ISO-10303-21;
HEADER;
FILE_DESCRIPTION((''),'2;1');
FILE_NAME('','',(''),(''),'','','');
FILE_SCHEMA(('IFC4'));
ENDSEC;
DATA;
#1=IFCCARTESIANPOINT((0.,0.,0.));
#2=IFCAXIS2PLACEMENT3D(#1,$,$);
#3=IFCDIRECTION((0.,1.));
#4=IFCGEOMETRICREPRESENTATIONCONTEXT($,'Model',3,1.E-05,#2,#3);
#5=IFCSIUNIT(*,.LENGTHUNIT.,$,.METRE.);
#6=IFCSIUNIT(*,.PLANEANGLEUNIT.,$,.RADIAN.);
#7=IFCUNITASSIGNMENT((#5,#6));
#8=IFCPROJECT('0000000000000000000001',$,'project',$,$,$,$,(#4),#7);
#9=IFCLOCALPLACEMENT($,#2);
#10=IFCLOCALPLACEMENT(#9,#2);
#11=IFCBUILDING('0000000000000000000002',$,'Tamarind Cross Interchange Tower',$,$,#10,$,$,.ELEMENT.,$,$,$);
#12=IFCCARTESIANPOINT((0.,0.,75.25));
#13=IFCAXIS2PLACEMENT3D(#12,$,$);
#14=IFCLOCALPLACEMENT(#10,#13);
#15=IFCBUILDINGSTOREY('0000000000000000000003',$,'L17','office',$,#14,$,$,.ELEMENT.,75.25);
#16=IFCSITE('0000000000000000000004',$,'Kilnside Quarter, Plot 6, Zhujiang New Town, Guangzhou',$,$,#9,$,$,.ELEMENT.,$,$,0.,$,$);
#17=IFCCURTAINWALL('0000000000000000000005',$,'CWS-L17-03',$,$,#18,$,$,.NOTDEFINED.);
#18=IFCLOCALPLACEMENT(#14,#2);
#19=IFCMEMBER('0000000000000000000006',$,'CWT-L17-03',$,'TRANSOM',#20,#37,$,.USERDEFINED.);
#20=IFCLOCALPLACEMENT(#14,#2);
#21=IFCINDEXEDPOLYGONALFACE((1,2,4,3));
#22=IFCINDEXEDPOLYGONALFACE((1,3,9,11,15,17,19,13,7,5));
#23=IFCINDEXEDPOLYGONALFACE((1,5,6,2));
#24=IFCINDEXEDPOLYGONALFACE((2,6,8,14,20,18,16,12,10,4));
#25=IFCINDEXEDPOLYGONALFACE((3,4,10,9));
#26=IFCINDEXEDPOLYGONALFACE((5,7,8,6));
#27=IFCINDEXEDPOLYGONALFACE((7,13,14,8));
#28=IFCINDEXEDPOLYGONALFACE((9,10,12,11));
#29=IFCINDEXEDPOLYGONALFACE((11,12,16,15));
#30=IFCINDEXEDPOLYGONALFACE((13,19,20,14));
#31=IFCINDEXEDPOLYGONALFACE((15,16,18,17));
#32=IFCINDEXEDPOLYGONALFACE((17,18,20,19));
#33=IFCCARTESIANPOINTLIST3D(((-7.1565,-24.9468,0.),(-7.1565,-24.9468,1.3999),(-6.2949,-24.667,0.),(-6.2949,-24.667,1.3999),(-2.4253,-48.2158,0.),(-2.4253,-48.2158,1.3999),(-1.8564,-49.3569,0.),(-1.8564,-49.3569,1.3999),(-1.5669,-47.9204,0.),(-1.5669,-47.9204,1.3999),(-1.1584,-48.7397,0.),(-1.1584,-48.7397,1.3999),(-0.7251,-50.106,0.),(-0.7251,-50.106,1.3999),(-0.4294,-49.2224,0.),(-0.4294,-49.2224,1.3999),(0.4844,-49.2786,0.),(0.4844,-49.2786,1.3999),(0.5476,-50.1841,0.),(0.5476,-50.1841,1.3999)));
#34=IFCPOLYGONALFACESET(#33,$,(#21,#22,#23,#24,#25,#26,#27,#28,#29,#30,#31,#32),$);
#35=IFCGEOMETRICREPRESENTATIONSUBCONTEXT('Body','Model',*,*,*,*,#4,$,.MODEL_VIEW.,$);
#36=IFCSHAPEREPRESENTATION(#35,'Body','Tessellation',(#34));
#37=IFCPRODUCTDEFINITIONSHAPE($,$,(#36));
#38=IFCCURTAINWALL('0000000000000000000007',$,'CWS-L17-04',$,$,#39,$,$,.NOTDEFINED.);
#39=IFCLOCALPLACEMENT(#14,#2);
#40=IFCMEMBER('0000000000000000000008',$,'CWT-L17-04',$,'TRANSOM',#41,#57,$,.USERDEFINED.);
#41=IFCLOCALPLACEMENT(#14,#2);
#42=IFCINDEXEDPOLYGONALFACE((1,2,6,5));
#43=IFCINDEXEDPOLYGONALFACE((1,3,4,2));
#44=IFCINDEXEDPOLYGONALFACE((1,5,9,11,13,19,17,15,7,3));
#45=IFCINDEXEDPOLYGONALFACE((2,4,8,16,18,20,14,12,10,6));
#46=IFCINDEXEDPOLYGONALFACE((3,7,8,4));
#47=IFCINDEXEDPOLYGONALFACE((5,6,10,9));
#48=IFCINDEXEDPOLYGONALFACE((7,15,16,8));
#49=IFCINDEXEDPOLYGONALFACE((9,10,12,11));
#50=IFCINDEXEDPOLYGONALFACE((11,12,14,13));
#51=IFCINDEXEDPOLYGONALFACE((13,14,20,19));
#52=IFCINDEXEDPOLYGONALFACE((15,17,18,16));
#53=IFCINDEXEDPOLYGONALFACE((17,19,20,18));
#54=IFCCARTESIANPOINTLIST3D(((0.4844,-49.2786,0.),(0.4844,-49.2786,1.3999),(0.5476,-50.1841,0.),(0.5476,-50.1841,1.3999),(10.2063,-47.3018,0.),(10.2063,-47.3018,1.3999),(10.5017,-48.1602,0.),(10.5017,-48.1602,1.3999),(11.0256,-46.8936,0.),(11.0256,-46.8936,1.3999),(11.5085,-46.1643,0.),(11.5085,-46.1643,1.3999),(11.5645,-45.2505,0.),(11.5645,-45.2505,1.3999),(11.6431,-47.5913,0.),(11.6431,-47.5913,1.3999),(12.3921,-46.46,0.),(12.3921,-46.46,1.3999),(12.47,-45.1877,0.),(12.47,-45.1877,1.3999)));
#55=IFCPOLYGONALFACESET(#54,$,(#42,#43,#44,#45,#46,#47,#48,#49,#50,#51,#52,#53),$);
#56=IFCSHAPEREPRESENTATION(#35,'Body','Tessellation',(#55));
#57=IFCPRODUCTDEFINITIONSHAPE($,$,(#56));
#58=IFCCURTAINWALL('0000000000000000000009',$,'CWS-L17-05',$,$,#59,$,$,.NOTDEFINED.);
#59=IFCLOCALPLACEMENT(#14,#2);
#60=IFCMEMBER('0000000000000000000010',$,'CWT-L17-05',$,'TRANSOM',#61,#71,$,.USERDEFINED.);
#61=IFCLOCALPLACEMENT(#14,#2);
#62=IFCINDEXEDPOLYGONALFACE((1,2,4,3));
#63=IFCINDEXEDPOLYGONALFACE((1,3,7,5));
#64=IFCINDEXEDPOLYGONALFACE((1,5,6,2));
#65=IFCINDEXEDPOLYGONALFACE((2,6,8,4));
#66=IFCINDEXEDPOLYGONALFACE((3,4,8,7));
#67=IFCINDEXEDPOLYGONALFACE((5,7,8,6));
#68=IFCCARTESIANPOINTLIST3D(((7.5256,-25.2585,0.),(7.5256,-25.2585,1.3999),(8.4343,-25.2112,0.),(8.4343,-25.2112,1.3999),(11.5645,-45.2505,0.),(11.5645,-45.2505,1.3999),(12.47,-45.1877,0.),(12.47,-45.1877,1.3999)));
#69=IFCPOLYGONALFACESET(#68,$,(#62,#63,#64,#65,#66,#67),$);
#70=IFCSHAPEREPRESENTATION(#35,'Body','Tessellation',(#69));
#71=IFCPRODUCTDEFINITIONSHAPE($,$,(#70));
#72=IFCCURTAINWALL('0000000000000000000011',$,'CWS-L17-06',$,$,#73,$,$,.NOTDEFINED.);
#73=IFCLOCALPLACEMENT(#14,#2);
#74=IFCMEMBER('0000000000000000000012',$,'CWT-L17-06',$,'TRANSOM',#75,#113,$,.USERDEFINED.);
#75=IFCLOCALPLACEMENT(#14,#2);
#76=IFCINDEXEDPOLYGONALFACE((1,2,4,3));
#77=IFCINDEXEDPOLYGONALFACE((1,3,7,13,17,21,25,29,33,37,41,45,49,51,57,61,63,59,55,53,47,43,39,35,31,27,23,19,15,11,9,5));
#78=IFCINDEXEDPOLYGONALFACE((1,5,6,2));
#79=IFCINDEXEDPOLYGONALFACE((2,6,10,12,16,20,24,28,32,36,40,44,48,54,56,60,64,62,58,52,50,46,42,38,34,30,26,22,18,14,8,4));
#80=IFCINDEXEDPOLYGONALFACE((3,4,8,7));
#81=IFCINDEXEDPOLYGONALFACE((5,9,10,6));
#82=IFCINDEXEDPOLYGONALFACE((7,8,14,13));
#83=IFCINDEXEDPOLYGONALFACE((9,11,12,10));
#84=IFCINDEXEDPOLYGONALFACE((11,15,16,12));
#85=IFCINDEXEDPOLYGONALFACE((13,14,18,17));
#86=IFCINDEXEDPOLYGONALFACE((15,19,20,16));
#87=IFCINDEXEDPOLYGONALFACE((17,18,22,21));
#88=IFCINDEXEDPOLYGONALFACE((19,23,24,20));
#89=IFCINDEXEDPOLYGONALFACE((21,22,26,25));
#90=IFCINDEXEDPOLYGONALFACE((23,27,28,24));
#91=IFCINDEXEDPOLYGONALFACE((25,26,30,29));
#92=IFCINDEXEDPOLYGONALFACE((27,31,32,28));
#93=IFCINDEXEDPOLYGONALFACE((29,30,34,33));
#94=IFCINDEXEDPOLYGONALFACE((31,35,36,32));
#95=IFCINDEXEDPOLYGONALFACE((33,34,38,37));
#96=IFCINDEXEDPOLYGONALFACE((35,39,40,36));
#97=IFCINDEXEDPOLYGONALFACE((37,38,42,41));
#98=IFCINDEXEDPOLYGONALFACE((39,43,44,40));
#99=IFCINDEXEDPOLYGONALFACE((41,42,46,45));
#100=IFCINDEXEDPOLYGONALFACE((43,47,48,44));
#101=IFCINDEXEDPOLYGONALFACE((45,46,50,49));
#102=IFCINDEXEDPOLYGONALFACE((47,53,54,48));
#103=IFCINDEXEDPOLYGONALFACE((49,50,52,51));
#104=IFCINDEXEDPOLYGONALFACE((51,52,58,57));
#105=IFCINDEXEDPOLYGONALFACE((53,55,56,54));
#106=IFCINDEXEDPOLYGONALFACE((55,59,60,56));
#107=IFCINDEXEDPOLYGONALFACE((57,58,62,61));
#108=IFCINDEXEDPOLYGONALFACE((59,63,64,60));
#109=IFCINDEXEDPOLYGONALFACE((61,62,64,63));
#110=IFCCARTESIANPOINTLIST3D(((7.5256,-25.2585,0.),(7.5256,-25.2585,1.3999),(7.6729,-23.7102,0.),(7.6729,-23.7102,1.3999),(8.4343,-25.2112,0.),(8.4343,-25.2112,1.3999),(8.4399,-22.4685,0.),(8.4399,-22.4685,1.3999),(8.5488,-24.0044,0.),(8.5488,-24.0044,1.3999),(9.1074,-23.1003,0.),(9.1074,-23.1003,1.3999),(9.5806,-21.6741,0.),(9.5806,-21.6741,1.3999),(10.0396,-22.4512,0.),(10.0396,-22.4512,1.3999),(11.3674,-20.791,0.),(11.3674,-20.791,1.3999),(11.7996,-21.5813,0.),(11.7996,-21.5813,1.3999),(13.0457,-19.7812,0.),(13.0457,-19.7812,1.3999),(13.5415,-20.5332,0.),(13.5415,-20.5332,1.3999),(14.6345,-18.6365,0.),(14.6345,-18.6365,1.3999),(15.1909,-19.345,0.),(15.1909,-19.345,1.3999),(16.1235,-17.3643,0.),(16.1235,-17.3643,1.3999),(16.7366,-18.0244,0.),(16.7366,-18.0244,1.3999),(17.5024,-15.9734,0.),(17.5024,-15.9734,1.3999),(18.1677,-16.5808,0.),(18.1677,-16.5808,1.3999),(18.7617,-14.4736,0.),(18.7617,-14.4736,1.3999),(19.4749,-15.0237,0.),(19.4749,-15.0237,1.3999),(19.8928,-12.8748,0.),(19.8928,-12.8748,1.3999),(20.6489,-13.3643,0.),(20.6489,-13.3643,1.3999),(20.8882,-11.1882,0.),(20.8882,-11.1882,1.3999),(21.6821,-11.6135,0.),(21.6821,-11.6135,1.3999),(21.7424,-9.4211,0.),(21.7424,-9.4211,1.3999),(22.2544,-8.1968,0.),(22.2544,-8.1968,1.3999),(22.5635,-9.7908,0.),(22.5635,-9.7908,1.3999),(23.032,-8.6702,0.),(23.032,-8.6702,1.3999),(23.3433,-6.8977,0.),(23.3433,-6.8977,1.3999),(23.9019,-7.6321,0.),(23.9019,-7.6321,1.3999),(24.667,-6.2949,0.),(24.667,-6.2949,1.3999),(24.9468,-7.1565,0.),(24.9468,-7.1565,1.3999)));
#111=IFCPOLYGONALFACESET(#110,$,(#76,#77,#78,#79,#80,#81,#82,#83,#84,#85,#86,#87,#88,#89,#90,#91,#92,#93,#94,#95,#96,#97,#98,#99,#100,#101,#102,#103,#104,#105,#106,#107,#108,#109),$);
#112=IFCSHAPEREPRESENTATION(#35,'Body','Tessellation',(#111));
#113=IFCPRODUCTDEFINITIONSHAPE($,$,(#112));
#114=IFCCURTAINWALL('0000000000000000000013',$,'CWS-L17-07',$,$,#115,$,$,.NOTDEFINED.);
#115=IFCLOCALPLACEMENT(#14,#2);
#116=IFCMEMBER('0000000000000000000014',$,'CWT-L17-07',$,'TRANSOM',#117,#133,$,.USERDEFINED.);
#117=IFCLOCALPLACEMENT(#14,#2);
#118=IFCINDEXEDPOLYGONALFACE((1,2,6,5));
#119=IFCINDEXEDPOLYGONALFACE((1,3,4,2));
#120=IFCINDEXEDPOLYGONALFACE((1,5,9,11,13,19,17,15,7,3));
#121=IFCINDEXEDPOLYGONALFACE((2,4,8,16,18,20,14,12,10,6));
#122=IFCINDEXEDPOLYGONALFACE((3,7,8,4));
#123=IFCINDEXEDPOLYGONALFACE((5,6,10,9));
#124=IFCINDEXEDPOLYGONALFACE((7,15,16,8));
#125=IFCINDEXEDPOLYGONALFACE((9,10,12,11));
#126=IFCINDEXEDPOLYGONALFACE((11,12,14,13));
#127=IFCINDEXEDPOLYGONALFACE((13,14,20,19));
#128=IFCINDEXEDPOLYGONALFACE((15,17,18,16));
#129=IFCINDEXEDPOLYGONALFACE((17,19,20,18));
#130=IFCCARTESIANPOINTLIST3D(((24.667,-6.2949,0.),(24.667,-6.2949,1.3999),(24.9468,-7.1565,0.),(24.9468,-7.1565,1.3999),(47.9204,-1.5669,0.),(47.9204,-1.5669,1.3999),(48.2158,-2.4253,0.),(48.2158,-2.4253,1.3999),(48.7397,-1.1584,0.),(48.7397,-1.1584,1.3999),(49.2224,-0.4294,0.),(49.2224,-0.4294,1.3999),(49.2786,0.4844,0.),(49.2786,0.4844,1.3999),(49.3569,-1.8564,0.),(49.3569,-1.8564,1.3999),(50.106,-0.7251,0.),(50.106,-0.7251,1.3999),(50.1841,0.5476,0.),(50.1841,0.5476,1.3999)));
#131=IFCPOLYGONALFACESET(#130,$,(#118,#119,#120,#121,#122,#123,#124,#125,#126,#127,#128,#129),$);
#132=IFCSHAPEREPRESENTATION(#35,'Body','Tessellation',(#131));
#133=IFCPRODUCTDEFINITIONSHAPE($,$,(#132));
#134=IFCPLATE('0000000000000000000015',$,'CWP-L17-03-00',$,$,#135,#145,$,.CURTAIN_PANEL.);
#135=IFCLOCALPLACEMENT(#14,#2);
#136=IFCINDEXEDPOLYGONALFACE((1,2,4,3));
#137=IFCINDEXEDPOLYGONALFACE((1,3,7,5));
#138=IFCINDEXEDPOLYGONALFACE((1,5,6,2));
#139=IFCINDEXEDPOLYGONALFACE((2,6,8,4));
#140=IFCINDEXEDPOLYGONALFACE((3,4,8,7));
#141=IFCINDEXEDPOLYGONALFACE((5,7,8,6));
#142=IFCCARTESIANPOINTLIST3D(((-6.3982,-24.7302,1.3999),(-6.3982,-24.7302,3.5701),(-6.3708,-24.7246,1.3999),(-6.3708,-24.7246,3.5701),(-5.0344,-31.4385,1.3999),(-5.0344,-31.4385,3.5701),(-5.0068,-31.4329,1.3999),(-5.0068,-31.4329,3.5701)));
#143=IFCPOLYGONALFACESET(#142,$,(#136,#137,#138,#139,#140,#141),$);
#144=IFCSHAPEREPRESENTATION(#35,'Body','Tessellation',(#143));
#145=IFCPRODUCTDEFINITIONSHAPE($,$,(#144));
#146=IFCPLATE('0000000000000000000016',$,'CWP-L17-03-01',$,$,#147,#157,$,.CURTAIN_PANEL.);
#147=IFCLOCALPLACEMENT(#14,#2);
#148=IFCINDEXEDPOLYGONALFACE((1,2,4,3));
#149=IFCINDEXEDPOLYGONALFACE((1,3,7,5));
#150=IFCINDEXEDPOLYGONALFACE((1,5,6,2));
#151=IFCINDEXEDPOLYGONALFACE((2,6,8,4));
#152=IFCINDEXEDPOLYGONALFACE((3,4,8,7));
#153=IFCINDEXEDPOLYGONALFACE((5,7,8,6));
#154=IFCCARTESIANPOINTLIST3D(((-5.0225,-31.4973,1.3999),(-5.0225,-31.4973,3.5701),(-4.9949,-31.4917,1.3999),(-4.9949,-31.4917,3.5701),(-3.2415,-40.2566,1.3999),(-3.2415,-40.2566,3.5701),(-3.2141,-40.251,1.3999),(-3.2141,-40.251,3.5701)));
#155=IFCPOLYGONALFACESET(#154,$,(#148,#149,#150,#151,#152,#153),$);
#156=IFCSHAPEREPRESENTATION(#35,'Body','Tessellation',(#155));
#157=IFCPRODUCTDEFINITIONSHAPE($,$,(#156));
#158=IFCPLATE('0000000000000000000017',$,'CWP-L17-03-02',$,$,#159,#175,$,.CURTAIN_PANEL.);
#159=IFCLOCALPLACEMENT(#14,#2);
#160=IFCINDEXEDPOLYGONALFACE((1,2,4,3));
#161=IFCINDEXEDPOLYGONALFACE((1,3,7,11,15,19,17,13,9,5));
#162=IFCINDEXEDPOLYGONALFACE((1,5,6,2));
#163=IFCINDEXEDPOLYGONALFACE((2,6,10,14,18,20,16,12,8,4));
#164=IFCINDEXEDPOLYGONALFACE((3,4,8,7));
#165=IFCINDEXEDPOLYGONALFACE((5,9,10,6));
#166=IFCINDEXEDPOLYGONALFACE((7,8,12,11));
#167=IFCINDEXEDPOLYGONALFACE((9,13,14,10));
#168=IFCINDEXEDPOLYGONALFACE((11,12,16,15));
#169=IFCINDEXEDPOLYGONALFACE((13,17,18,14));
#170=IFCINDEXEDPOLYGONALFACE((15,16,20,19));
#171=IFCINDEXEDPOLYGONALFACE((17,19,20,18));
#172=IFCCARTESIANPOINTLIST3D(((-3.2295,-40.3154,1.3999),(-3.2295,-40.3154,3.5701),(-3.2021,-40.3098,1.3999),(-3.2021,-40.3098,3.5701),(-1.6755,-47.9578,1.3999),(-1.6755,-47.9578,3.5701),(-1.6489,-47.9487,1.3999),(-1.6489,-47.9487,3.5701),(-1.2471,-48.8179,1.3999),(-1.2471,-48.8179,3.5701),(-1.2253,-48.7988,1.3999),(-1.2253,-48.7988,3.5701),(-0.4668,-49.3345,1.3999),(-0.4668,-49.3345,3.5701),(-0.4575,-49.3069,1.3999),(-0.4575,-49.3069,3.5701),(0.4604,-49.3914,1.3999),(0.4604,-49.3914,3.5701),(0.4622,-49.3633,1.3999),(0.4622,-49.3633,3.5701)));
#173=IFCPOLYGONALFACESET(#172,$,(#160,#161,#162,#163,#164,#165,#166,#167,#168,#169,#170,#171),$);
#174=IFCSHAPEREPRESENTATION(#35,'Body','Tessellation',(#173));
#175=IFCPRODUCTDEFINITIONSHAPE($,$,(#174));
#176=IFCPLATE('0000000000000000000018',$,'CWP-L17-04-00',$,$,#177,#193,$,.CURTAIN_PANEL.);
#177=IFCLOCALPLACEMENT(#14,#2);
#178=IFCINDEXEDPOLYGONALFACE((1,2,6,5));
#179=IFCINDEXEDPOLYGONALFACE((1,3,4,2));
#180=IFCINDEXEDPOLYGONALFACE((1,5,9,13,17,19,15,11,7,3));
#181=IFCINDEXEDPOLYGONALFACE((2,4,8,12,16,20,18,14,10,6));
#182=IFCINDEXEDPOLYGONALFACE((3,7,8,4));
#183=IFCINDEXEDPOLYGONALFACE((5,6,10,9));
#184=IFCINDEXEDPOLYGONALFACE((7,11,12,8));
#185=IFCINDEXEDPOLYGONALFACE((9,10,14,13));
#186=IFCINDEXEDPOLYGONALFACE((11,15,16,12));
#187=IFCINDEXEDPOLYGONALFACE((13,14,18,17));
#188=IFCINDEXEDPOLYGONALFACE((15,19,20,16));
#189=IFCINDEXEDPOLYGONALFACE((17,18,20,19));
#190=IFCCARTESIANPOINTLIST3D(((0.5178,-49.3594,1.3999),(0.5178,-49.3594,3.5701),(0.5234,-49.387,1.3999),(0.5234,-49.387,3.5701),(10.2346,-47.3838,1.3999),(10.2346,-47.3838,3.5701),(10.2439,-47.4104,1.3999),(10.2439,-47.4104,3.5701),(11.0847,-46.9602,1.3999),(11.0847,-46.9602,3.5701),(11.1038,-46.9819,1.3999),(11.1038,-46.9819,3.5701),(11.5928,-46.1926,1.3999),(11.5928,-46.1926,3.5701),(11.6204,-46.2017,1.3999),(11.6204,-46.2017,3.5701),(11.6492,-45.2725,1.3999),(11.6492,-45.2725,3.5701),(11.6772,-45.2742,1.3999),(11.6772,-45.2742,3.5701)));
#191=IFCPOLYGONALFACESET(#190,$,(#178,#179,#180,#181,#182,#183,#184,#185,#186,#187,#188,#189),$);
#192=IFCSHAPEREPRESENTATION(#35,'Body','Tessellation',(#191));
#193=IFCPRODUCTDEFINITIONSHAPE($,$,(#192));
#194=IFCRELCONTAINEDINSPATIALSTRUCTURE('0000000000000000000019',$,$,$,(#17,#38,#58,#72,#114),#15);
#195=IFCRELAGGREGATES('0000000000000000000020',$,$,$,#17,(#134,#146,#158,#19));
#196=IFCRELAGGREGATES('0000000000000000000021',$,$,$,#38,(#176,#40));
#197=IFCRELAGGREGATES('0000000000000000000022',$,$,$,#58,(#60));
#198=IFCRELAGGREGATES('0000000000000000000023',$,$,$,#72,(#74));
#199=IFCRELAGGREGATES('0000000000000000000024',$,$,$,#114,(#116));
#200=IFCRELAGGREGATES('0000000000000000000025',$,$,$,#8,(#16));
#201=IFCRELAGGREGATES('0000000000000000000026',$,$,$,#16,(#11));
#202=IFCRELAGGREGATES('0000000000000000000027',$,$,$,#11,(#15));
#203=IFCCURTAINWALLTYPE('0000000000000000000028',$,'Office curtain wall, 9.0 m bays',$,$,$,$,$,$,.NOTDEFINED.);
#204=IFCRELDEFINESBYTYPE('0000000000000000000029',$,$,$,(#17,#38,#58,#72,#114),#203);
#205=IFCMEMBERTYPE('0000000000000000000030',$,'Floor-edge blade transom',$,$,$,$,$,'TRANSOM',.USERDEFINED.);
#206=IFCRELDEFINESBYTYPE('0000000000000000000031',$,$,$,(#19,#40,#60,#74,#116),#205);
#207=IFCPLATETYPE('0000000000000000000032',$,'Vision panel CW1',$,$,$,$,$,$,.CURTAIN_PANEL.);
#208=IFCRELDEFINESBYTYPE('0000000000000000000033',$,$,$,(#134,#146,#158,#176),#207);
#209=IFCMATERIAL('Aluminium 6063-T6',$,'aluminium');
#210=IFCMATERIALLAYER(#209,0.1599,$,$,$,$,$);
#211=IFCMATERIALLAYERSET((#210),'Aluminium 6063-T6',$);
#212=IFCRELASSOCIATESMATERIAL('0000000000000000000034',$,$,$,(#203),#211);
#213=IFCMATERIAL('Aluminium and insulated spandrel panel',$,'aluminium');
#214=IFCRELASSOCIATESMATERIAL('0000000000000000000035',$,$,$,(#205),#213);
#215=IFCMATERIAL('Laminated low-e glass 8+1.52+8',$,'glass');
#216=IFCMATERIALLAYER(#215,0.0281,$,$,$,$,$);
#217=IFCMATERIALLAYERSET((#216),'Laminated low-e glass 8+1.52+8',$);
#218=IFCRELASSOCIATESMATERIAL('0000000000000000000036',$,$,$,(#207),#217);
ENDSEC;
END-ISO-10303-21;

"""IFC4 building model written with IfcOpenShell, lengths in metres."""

from ifc_helpers import new_model, si_unit, direction, frame, origin, place, context, subcontext, project, spatial, polyline, outline, extrude, material, layer, layer_set, type_object, element, aggregate, save


model = new_model("IFC4")

# Units and contexts
model_context = context("Model", 3, precision=1e-05, world=origin(), true_north=direction((0.0, 1.0)))
body_context = subcontext(model_context, "Body", "Model", "MODEL_VIEW")
ifc_project = project(units=[si_unit("LENGTHUNIT", "METRE"), si_unit("PLANEANGLEUNIT", "RADIAN")], contexts=[model_context])

# Site, building, storey
site_placement = place(None, origin())
site = spatial("IfcSite", under=ifc_project, at=site_placement, Name="Kilnside Quarter, Plot 6, Zhujiang New Town, Guangzhou", CompositionType="ELEMENT", RefElevation=0.0)
building_placement = place(site_placement, origin())
building = spatial("IfcBuilding", under=site, at=building_placement, Name="Tamarind Cross Interchange Tower", CompositionType="ELEMENT")
storey_placement = place(building_placement, frame((0.0, 0.0, 75.25)))
storey = spatial("IfcBuildingStorey", under=building, at=storey_placement, Name="L17", Description="office", CompositionType="ELEMENT", Elevation=75.25)

# Curtain walls, members
ifc_material_1 = material(Name="Aluminium 6063-T6", Category="aluminium")
ifc_layer_1 = layer(ifc_material_1, 0.1599)
ifc_layer_set_1 = layer_set([ifc_layer_1], Name="Aluminium 6063-T6")
curtain_wall_type = type_object("IfcCurtainWallType", Name="Office curtain wall, 9.0 m bays", PredefinedType="NOTDEFINED", material=ifc_layer_set_1)
curtain_wall_1_placement = place(storey_placement, origin())
curtain_wall_1 = element("IfcCurtainWall", 1, at=curtain_wall_1_placement, inside=storey, type_object=curtain_wall_type, Name="CWS-L17-03", PredefinedType="NOTDEFINED")
ifc_material_2 = material(Name="Aluminium and insulated spandrel panel", Category="aluminium")
member_type = type_object("IfcMemberType", Name="Floor-edge blade transom", ElementType="TRANSOM", PredefinedType="USERDEFINED", material=ifc_material_2)
member_1_placement = place(storey_placement, origin())
member_1 = element("IfcMember", 2, at=member_1_placement, type_object=member_type, Name="CWT-L17-03", ObjectType="TRANSOM", PredefinedType="USERDEFINED", context=body_context, shape_type="SweptSolid", body=[
    extrude(outline(polyline([(-6.2949, -24.667), (-1.5669, -47.9204), (-1.1584, -48.7397), (-0.4294, -49.2224), (0.4844, -49.2786), (0.5476, -50.1841), (-0.7251, -50.106), (-1.8564, -49.3569), (-2.4253, -48.2158), (-7.1565, -24.9468), (-6.2949, -24.667)])), origin(), (0.0, 0.0, 1.0), 1.3999),
])
curtain_wall_2_placement = place(storey_placement, origin())
curtain_wall_2 = element("IfcCurtainWall", 3, at=curtain_wall_2_placement, inside=storey, type_object=curtain_wall_type, Name="CWS-L17-04", PredefinedType="NOTDEFINED")
member_2_placement = place(storey_placement, origin())
member_2 = element("IfcMember", 4, at=member_2_placement, type_object=member_type, Name="CWT-L17-04", ObjectType="TRANSOM", PredefinedType="USERDEFINED", context=body_context, shape_type="SweptSolid", body=[
    extrude(outline(polyline([(0.4844, -49.2786), (10.2063, -47.3018), (11.0256, -46.8936), (11.5085, -46.1643), (11.5645, -45.2505), (12.47, -45.1877), (12.3921, -46.46), (11.6431, -47.5913), (10.5017, -48.1602), (0.5476, -50.1841), (0.4844, -49.2786)])), origin(), (0.0, 0.0, 1.0), 1.3999),
])
curtain_wall_3_placement = place(storey_placement, origin())
curtain_wall_3 = element("IfcCurtainWall", 5, at=curtain_wall_3_placement, inside=storey, type_object=curtain_wall_type, Name="CWS-L17-05", PredefinedType="NOTDEFINED")
member_3_placement = place(storey_placement, origin())
member_3 = element("IfcMember", 6, at=member_3_placement, type_object=member_type, Name="CWT-L17-05", ObjectType="TRANSOM", PredefinedType="USERDEFINED", context=body_context, shape_type="SweptSolid", body=[
    extrude(outline(polyline([(11.5645, -45.2505), (7.5256, -25.2585), (8.4343, -25.2112), (12.47, -45.1877), (11.5645, -45.2505)])), origin(), (0.0, 0.0, 1.0), 1.3999),
])
curtain_wall_4_placement = place(storey_placement, origin())
curtain_wall_4 = element("IfcCurtainWall", 7, at=curtain_wall_4_placement, inside=storey, type_object=curtain_wall_type, Name="CWS-L17-06", PredefinedType="NOTDEFINED")
member_4_placement = place(storey_placement, origin())
member_4 = element("IfcMember", 8, at=member_4_placement, type_object=member_type, Name="CWT-L17-06", ObjectType="TRANSOM", PredefinedType="USERDEFINED", context=body_context, shape_type="SweptSolid", body=[
    extrude(outline(polyline([(7.5256, -25.2585), (7.6729, -23.7102), (8.4399, -22.4685), (9.5806, -21.6741), (11.3674, -20.791), (13.0457, -19.7812), (14.6345, -18.6365), (16.1235, -17.3643), (17.5024, -15.9734), (18.7617, -14.4736), (19.8928, -12.8748), (20.8882, -11.1882), (21.7424, -9.4211), (22.2544, -8.1968), (23.3433, -6.8977), (24.667, -6.2949), (24.9468, -7.1565), (23.9019, -7.6321), (23.032, -8.6702), (22.5635, -9.7908), (21.6821, -11.6135), (20.6489, -13.3643), (19.4749, -15.0237), (18.1677, -16.5808), (16.7366, -18.0244), (15.1909, -19.345), (13.5415, -20.5332), (11.7996, -21.5813), (10.0396, -22.4512), (9.1074, -23.1003), (8.5488, -24.0044), (8.4343, -25.2112), (7.5256, -25.2585)])), origin(), (0.0, 0.0, 1.0), 1.3999),
])
curtain_wall_5_placement = place(storey_placement, origin())
curtain_wall_5 = element("IfcCurtainWall", 9, at=curtain_wall_5_placement, inside=storey, type_object=curtain_wall_type, Name="CWS-L17-07", PredefinedType="NOTDEFINED")
member_5_placement = place(storey_placement, origin())
member_5 = element("IfcMember", 10, at=member_5_placement, type_object=member_type, Name="CWT-L17-07", ObjectType="TRANSOM", PredefinedType="USERDEFINED", context=body_context, shape_type="SweptSolid", body=[
    extrude(outline(polyline([(24.667, -6.2949), (47.9204, -1.5669), (48.7397, -1.1584), (49.2224, -0.4294), (49.2786, 0.4844), (50.1841, 0.5476), (50.106, -0.7251), (49.3569, -1.8564), (48.2158, -2.4253), (24.9468, -7.1565), (24.667, -6.2949)])), origin(), (0.0, 0.0, 1.0), 1.3999),
])

# Plates
ifc_material_3 = material(Name="Laminated low-e glass 8+1.52+8", Category="glass")
ifc_layer_2 = layer(ifc_material_3, 0.0281)
ifc_layer_set_2 = layer_set([ifc_layer_2], Name="Laminated low-e glass 8+1.52+8")
plate_type = type_object("IfcPlateType", Name="Vision panel CW1", PredefinedType="CURTAIN_PANEL", material=ifc_layer_set_2)
plate_1_placement = place(storey_placement, frame((0.0, 0.0, 1.3999)))
plate_1 = element("IfcPlate", 11, at=plate_1_placement, type_object=plate_type, Name="CWP-L17-03-00", PredefinedType="CURTAIN_PANEL", context=body_context, shape_type="SweptSolid", body=[
    extrude(outline(polyline([(-6.3708, -24.7246), (-5.0068, -31.4329), (-5.0344, -31.4385), (-6.3982, -24.7302), (-6.3708, -24.7246)])), origin(), (0.0, 0.0, 1.0), 2.1702),
])
plate_2_placement = place(storey_placement, frame((0.0, 0.0, 1.3999)))
plate_2 = element("IfcPlate", 12, at=plate_2_placement, type_object=plate_type, Name="CWP-L17-03-01", PredefinedType="CURTAIN_PANEL", context=body_context, shape_type="SweptSolid", body=[
    extrude(outline(polyline([(-4.9949, -31.4917), (-3.2141, -40.251), (-3.2415, -40.2566), (-5.0225, -31.4973), (-4.9949, -31.4917)])), origin(), (0.0, 0.0, 1.0), 2.1702),
])
plate_3_placement = place(storey_placement, frame((0.0, 0.0, 1.3999)))
plate_3 = element("IfcPlate", 13, at=plate_3_placement, type_object=plate_type, Name="CWP-L17-03-02", PredefinedType="CURTAIN_PANEL", context=body_context, shape_type="SweptSolid", body=[
    extrude(outline(polyline([(-3.2021, -40.3098), (-1.6489, -47.9487), (-1.2253, -48.7988), (-0.4575, -49.3069), (0.4622, -49.3633), (0.4604, -49.3914), (-0.4668, -49.3345), (-1.2471, -48.8179), (-1.6755, -47.9578), (-3.2295, -40.3154), (-3.2021, -40.3098)])), origin(), (0.0, 0.0, 1.0), 2.1702),
])
aggregate(curtain_wall_1, [plate_1, plate_2, plate_3, member_1])
plate_4_placement = place(storey_placement, frame((0.0, 0.0, 1.3999)))
plate_4 = element("IfcPlate", 14, at=plate_4_placement, type_object=plate_type, Name="CWP-L17-04-00", PredefinedType="CURTAIN_PANEL", context=body_context, shape_type="SweptSolid", body=[
    extrude(outline(polyline([(0.5178, -49.3594), (10.2346, -47.3838), (11.0847, -46.9602), (11.5928, -46.1926), (11.6492, -45.2725), (11.6772, -45.2742), (11.6204, -46.2017), (11.1038, -46.9819), (10.2439, -47.4104), (0.5234, -49.387), (0.5178, -49.3594)])), origin(), (0.0, 0.0, 1.0), 2.1702),
])
aggregate(curtain_wall_2, [plate_4, member_2])
aggregate(curtain_wall_3, [member_3])
aggregate(curtain_wall_4, [member_4])
aggregate(curtain_wall_5, [member_5])

save(model, "model.ifc")
